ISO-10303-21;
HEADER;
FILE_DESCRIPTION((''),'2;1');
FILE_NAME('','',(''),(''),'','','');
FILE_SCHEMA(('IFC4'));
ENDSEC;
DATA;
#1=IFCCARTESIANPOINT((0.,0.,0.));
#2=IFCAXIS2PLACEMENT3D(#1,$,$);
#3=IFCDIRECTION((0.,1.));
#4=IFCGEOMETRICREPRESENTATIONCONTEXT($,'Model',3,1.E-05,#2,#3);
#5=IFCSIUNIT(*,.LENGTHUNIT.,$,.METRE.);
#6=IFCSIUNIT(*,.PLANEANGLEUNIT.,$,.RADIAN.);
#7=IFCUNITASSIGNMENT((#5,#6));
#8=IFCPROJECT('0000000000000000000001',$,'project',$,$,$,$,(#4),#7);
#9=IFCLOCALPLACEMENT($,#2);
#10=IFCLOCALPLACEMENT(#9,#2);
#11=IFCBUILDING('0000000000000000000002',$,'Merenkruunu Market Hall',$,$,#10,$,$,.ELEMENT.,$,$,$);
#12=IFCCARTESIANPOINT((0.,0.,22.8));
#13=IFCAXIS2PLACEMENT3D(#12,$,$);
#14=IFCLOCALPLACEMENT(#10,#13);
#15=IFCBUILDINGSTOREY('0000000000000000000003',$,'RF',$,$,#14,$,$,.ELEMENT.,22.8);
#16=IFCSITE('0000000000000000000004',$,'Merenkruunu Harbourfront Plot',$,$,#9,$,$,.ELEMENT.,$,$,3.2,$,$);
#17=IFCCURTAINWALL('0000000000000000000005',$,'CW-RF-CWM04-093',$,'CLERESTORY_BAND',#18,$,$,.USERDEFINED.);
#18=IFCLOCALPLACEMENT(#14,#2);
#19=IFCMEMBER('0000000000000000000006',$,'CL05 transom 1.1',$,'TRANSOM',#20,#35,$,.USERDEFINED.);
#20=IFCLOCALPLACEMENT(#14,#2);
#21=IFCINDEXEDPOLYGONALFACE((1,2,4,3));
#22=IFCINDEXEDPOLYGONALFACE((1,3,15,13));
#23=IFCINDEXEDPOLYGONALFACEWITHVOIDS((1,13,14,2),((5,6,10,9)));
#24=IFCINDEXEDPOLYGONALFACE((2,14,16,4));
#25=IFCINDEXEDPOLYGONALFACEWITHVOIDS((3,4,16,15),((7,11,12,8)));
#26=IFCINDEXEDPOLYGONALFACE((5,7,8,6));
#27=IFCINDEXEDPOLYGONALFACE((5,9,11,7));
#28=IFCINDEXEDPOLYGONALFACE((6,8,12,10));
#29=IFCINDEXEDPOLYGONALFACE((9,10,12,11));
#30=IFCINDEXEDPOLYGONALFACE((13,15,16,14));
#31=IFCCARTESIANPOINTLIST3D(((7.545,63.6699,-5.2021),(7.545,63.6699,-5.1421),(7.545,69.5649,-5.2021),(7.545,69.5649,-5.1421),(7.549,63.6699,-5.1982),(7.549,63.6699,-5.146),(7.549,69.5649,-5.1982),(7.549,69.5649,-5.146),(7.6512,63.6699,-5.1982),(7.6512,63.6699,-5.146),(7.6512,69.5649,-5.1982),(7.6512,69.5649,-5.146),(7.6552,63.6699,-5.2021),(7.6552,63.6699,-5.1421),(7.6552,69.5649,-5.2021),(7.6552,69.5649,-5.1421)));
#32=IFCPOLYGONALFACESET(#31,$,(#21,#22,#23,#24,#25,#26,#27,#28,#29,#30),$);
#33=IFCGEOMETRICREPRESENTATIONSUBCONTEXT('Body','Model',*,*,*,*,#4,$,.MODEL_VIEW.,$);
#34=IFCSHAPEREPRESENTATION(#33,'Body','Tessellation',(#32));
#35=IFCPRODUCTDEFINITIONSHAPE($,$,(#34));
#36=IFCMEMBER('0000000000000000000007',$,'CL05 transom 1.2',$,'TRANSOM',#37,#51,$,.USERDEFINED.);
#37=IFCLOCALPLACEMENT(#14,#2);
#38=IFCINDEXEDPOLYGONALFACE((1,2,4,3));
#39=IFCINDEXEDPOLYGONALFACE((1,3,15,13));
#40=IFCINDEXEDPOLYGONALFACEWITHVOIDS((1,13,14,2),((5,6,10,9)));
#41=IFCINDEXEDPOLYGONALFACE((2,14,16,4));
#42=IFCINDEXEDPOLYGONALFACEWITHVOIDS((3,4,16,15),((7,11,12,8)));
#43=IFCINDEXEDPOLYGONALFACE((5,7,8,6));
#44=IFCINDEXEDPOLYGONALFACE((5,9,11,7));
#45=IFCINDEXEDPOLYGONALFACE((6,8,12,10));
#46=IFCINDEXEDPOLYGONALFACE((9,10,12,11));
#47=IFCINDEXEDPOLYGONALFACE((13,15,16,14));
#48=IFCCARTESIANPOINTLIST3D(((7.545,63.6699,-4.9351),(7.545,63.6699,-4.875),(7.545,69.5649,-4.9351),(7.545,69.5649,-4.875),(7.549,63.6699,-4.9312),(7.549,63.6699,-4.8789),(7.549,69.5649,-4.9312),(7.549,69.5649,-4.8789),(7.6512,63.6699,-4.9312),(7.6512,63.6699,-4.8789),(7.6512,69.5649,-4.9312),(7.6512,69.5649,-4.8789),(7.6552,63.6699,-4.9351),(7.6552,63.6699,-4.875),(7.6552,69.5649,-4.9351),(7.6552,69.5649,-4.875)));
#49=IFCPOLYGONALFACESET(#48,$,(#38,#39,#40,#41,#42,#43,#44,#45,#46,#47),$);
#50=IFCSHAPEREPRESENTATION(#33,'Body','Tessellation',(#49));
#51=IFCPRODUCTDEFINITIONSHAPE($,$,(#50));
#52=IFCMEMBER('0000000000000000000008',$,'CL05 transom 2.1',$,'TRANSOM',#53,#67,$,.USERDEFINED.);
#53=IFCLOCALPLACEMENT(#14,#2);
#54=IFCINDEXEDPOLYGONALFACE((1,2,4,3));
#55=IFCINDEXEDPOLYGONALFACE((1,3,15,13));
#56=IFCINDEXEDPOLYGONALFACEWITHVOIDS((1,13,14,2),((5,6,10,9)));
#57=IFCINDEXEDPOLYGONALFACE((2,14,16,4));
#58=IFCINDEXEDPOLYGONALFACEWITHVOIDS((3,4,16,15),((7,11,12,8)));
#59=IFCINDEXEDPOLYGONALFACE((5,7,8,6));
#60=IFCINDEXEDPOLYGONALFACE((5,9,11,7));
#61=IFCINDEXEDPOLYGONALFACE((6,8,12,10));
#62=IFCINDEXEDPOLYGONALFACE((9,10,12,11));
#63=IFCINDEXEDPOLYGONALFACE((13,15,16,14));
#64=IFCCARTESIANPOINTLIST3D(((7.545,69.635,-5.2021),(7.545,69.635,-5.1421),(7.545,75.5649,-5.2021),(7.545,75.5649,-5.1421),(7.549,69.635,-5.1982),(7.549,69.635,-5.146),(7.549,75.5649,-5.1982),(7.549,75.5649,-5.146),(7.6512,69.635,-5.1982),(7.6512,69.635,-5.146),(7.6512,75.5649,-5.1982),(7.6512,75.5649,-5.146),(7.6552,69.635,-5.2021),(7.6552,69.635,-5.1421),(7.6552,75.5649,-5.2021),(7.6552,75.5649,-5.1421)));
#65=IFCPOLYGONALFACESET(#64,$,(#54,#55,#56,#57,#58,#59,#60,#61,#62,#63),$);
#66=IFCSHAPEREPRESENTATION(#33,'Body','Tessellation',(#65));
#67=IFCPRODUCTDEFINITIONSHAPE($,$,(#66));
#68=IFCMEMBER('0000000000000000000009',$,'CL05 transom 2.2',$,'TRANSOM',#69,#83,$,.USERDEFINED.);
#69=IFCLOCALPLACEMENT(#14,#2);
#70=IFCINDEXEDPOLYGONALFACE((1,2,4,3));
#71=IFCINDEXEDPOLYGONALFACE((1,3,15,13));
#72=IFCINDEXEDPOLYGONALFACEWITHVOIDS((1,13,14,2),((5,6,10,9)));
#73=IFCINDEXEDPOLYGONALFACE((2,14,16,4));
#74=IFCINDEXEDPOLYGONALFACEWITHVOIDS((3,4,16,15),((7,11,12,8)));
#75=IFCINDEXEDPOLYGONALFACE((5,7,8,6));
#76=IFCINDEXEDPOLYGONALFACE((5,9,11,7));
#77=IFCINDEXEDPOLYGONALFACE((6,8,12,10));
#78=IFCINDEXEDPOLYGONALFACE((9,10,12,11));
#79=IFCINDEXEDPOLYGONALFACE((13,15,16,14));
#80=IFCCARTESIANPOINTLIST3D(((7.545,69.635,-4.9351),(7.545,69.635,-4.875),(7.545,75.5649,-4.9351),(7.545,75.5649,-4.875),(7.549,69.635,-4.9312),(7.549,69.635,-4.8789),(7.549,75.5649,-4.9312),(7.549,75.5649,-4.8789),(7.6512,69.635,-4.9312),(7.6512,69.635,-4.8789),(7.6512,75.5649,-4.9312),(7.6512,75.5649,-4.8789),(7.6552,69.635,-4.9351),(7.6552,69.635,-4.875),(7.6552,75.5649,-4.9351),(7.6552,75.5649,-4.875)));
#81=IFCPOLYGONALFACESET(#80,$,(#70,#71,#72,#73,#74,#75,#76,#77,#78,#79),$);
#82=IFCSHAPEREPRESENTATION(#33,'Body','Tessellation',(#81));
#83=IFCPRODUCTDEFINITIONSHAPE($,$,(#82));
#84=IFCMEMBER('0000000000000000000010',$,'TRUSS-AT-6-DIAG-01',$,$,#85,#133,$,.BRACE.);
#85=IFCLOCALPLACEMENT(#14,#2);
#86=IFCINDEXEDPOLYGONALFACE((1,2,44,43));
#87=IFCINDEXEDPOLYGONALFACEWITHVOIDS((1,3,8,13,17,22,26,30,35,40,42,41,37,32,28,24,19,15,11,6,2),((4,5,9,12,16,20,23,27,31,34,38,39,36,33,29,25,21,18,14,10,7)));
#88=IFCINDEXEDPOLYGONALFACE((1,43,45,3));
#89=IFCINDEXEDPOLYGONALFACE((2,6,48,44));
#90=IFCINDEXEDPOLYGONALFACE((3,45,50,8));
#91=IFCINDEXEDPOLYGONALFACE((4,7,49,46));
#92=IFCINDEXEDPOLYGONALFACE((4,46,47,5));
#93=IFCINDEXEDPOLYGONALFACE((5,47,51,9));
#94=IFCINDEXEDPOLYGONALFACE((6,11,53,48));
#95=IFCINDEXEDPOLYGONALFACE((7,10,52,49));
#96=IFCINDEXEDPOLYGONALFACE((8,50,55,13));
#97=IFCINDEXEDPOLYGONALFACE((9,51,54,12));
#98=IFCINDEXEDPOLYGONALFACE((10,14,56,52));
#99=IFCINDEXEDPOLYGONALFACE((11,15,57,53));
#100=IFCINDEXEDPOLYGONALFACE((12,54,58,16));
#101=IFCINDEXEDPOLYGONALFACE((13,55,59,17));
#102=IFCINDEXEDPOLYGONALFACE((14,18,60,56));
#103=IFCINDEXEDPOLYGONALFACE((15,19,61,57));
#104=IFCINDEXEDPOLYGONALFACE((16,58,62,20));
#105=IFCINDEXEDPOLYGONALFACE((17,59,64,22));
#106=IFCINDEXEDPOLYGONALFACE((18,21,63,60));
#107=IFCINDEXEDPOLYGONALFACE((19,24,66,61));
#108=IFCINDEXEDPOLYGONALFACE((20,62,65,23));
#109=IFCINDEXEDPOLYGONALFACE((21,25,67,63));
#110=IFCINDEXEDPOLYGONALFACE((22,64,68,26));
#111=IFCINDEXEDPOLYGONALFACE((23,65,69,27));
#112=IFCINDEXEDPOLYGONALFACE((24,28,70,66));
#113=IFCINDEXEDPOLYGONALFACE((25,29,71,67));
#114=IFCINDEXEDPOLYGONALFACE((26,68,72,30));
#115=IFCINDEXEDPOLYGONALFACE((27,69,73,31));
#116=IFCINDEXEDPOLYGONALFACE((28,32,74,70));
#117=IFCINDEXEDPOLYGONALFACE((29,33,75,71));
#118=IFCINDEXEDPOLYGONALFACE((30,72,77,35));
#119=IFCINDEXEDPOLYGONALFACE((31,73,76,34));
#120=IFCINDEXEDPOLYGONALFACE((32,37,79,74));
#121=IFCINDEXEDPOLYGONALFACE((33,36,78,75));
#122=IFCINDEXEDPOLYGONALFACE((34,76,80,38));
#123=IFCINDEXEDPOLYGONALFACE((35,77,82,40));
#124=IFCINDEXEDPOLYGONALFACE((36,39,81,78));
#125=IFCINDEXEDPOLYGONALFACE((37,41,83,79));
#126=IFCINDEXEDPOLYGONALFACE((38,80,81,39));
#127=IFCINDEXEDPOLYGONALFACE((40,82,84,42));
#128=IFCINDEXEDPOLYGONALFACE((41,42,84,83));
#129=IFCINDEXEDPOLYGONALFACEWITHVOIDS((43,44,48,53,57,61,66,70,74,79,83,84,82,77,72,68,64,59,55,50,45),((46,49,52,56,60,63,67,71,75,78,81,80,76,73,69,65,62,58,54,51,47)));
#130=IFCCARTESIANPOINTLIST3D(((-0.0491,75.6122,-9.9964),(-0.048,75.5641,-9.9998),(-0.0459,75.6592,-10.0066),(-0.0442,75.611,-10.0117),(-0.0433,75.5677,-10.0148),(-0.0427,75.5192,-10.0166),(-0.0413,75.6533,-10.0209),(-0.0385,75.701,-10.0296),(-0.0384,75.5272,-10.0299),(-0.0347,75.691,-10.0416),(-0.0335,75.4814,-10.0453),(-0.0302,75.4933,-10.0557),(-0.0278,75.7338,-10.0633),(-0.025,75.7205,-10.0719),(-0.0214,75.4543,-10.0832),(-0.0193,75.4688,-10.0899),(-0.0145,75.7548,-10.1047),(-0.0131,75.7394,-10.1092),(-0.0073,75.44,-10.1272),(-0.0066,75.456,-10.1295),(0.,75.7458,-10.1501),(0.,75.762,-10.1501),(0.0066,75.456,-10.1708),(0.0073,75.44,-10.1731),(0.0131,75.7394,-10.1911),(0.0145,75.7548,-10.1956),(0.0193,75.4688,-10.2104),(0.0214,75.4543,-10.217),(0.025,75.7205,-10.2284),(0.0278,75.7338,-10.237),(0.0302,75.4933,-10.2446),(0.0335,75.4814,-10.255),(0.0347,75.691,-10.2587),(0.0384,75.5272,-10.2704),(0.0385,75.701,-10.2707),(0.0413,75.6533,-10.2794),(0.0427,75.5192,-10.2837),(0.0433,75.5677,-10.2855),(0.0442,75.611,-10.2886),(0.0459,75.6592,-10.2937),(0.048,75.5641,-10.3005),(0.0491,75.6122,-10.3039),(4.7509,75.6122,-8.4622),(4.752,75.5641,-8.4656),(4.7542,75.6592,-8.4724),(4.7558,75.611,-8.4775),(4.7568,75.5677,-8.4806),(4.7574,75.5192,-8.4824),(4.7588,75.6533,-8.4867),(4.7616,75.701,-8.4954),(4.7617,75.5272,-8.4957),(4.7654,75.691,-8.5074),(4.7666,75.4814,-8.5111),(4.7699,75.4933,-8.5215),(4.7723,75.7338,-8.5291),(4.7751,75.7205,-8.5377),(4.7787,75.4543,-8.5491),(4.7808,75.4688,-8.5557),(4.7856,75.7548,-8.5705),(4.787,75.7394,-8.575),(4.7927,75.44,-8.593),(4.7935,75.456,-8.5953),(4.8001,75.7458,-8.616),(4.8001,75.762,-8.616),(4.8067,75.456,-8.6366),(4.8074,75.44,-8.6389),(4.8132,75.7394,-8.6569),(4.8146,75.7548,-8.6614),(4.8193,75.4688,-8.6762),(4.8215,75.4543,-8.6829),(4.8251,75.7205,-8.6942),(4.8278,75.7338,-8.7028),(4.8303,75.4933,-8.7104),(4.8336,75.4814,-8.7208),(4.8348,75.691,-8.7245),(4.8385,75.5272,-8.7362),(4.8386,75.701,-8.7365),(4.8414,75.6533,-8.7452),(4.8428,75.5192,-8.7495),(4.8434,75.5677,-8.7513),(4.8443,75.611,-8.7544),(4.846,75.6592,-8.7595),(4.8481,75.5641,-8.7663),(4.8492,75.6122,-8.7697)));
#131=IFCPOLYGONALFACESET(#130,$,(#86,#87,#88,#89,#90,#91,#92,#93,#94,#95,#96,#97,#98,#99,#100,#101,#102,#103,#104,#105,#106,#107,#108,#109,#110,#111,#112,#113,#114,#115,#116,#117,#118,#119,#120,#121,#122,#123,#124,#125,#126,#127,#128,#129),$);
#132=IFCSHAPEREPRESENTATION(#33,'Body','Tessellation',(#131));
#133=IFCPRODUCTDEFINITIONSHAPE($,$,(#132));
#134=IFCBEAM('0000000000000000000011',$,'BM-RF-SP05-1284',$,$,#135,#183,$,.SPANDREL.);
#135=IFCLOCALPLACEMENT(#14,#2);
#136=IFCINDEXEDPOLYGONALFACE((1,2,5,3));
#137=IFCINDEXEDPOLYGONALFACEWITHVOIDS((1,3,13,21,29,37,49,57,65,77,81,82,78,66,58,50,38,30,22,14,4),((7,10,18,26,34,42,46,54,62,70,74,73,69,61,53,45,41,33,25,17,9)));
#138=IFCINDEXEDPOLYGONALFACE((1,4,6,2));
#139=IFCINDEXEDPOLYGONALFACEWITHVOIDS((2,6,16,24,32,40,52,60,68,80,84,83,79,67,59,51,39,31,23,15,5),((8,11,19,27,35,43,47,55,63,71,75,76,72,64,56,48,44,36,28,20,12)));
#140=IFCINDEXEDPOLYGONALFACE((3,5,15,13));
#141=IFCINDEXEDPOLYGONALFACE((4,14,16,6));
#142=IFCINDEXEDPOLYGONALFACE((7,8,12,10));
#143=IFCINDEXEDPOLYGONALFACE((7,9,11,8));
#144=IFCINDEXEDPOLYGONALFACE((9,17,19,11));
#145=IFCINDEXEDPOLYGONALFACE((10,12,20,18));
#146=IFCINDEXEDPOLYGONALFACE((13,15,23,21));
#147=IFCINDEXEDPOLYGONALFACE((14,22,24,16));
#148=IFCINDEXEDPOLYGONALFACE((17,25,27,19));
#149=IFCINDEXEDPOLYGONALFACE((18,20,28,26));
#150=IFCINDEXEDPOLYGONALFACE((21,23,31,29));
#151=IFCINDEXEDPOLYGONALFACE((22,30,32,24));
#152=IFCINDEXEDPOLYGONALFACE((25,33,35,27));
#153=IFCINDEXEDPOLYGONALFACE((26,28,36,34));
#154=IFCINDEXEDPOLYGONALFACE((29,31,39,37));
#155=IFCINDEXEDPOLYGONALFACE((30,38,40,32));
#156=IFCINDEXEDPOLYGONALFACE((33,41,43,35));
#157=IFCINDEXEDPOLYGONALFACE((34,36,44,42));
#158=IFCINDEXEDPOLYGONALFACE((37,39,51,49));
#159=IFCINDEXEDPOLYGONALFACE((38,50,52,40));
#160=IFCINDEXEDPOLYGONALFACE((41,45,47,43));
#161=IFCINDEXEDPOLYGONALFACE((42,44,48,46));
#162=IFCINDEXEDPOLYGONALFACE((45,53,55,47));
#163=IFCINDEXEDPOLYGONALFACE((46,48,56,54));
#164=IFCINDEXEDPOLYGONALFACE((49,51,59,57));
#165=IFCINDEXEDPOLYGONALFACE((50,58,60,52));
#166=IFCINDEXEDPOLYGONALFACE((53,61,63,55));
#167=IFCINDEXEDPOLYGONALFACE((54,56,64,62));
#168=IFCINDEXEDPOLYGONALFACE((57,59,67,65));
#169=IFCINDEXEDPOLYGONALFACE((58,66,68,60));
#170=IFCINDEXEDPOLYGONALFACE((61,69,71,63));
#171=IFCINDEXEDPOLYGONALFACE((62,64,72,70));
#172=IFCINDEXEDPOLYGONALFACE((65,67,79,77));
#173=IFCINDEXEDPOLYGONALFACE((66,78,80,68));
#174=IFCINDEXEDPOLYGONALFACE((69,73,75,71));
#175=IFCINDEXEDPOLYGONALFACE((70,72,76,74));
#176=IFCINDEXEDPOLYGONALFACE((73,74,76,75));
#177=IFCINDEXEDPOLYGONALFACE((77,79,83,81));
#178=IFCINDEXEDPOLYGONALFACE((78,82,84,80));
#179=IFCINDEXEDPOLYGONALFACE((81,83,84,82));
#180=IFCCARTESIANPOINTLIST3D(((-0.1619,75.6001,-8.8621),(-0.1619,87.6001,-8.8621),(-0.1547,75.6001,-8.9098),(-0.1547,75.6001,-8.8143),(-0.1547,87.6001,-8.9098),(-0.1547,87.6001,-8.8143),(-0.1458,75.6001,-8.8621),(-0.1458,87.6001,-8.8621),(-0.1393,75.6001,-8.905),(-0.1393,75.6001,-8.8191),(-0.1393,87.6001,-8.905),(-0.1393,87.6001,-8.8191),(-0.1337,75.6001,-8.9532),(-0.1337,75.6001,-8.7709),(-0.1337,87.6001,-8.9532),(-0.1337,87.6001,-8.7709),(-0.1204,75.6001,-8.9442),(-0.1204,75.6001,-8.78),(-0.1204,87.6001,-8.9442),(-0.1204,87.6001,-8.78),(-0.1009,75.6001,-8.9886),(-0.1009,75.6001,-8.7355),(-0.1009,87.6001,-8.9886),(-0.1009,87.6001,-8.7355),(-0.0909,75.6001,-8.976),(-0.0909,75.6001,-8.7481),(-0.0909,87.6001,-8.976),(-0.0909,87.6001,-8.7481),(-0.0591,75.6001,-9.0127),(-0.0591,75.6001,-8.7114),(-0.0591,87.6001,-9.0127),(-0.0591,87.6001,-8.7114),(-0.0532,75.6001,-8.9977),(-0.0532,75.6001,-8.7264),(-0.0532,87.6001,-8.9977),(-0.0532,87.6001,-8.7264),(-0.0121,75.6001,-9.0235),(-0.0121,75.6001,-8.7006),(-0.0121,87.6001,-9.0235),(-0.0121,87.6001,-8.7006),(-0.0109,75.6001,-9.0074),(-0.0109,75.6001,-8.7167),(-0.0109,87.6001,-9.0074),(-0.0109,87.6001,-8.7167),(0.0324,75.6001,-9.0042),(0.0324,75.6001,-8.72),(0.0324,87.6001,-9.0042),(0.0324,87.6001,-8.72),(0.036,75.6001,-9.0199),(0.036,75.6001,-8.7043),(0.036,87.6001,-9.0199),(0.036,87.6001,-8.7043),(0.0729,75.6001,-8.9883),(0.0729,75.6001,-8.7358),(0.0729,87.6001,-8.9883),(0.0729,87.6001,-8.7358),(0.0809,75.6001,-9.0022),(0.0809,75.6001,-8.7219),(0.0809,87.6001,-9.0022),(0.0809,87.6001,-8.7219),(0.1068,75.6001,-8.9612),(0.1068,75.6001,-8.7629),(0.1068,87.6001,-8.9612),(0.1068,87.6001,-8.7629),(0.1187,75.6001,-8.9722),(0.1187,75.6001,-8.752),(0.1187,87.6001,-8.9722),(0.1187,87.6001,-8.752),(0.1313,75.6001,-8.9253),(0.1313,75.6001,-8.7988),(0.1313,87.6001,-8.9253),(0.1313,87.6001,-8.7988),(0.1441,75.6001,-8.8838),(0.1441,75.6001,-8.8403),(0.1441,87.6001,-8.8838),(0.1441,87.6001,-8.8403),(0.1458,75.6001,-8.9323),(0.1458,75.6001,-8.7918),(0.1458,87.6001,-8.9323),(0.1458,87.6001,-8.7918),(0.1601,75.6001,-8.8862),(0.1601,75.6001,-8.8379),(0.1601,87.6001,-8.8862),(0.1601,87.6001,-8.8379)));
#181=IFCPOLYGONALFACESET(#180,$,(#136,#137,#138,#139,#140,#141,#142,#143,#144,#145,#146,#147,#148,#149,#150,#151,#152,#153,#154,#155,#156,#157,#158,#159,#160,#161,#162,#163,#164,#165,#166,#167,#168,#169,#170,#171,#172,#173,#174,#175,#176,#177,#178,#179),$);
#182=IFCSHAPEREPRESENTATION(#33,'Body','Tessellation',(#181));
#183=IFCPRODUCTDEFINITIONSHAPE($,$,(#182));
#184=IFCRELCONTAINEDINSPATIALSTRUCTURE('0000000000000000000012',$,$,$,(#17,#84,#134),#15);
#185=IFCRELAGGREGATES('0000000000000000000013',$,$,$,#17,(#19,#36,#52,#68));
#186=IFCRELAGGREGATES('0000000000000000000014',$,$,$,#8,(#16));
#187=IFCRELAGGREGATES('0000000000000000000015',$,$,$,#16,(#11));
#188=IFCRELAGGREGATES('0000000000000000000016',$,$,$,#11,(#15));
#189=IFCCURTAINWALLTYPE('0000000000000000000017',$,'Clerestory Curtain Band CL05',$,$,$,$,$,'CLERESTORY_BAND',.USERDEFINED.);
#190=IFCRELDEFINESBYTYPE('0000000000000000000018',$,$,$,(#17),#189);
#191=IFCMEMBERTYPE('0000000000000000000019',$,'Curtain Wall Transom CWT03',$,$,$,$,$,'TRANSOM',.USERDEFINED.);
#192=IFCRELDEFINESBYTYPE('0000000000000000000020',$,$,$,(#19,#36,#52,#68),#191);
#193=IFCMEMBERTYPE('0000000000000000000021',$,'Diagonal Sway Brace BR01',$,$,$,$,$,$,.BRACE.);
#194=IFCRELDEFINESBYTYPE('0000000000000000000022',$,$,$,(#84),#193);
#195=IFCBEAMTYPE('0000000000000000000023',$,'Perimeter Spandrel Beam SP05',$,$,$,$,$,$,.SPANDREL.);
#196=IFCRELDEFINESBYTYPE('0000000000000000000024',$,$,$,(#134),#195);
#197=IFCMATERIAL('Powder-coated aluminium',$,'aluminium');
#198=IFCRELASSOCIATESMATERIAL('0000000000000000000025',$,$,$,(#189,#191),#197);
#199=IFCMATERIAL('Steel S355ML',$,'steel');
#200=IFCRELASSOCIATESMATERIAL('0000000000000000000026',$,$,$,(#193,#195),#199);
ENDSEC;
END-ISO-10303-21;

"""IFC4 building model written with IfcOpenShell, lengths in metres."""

from ifc_helpers import new_model, si_unit, direction, frame, origin, origin_2d, place, context, subcontext, project, spatial, hollow_rectangle, hollow_circle, extrude, material, material_profile, profile_set, type_object, element, aggregate, save


model = new_model("IFC4")

# Units and contexts
model_context = context("Model", 3, precision=1e-05, world=origin(), true_north=direction((0.0, 1.0)))
body_context = subcontext(model_context, "Body", "Model", "MODEL_VIEW")
ifc_project = project(units=[si_unit("LENGTHUNIT", "METRE"), si_unit("PLANEANGLEUNIT", "RADIAN")], contexts=[model_context])

# Site, building, storey
site_placement = place(None, origin())
site = spatial("IfcSite", under=ifc_project, at=site_placement, Name="Merenkruunu Harbourfront Plot", CompositionType="ELEMENT", RefElevation=3.2)
building_placement = place(site_placement, origin())
building = spatial("IfcBuilding", under=site, at=building_placement, Name="Merenkruunu Market Hall", CompositionType="ELEMENT")
storey_placement = place(building_placement, frame((0.0, 0.0, 22.8)))
storey = spatial("IfcBuildingStorey", under=building, at=storey_placement, Name="RF", CompositionType="ELEMENT", Elevation=22.8)

# Shared definitions
ifc_material_1 = material(Name="Steel S355ML", Category="steel")

# Curtain wall
ifc_material_2 = material(Name="Powder-coated aluminium", Category="aluminium")
curtain_wall_type = type_object("IfcCurtainWallType", Name="Clerestory Curtain Band CL05", ElementType="CLERESTORY_BAND", PredefinedType="USERDEFINED", material=ifc_material_2)
curtain_wall_1_placement = place(storey_placement, origin())
curtain_wall_1 = element("IfcCurtainWall", 1, at=curtain_wall_1_placement, inside=storey, type_object=curtain_wall_type, Name="CW-RF-CWM04-093", ObjectType="CLERESTORY_BAND", PredefinedType="USERDEFINED")

# Members
ifc_material_profile_1 = material_profile(ifc_material_2, hollow_rectangle(XDim=0.0601, YDim=0.1101, WallThickness=0.0039, at=origin_2d()), Name="ALU 60x110x4")
ifc_profile_set_1 = profile_set([ifc_material_profile_1], Name="Powder-coated aluminium")
member_type_1 = type_object("IfcMemberType", Name="Curtain Wall Transom CWT03", ElementType="TRANSOM", PredefinedType="USERDEFINED", material=ifc_profile_set_1)
member_1_placement = place(storey_placement, frame((7.6001, 63.6699, -5.1721), z_axis=(0.0, 1.0, 0.0), x_axis=(0.0, 0.0, 1.0)))
member_1 = element("IfcMember", 2, at=member_1_placement, type_object=member_type_1, Name="CL05 transom 1.1", ObjectType="TRANSOM", PredefinedType="USERDEFINED", context=body_context, shape_type="SweptSolid", body=[
    extrude(hollow_rectangle(XDim=0.0601, YDim=0.1101, WallThickness=0.0039, at=origin_2d()), origin(), (0.0, 0.0, 1.0), 5.895),
])
member_2_placement = place(storey_placement, frame((7.6001, 63.6699, -4.905), z_axis=(0.0, 1.0, 0.0), x_axis=(0.0, 0.0, 1.0)))
member_2 = element("IfcMember", 3, at=member_2_placement, type_object=member_type_1, Name="CL05 transom 1.2", ObjectType="TRANSOM", PredefinedType="USERDEFINED", context=body_context, shape_type="SweptSolid", body=[
    extrude(hollow_rectangle(XDim=0.0601, YDim=0.1101, WallThickness=0.0039, at=origin_2d()), origin(), (0.0, 0.0, 1.0), 5.895),
])
member_3_placement = place(storey_placement, frame((7.6001, 69.635, -5.1721), z_axis=(0.0, 1.0, 0.0), x_axis=(0.0, 0.0, 1.0)))
member_3 = element("IfcMember", 4, at=member_3_placement, type_object=member_type_1, Name="CL05 transom 2.1", ObjectType="TRANSOM", PredefinedType="USERDEFINED", context=body_context, shape_type="SweptSolid", body=[
    extrude(hollow_rectangle(XDim=0.0601, YDim=0.1101, WallThickness=0.0039, at=origin_2d()), origin(), (0.0, 0.0, 1.0), 5.9299),
])
member_4_placement = place(storey_placement, frame((7.6001, 69.635, -4.905), z_axis=(0.0, 1.0, 0.0), x_axis=(0.0, 0.0, 1.0)))
member_4 = element("IfcMember", 5, at=member_4_placement, type_object=member_type_1, Name="CL05 transom 2.2", ObjectType="TRANSOM", PredefinedType="USERDEFINED", context=body_context, shape_type="SweptSolid", body=[
    extrude(hollow_rectangle(XDim=0.0601, YDim=0.1101, WallThickness=0.0039, at=origin_2d()), origin(), (0.0, 0.0, 1.0), 5.9299),
])
ifc_material_profile_2 = material_profile(ifc_material_1, hollow_circle(Radius=0.1619, WallThickness=0.0161, at=origin_2d()), Name="CHS 323.9x16")
ifc_profile_set_2 = profile_set([ifc_material_profile_2], Name="Steel S355ML")
member_type_2 = type_object("IfcMemberType", Name="Diagonal Sway Brace BR01", PredefinedType="BRACE", material=ifc_profile_set_2)
member_5_placement = place(storey_placement, frame((0.0, 75.6001, -10.1501), z_axis=(0.95253, 0.0, 0.304445), x_axis=(0.0, 1.0, 0.0)))
element("IfcMember", 6, at=member_5_placement, inside=storey, type_object=member_type_2, Name="TRUSS-AT-6-DIAG-01", PredefinedType="BRACE", context=body_context, shape_type="SweptSolid", body=[
    extrude(hollow_circle(Radius=0.1619, WallThickness=0.0161, at=origin_2d()), origin(), (0.0, 0.0, 1.0), 5.0393),
])

# Beam
ifc_material_profile_3 = material_profile(ifc_material_1, hollow_circle(Radius=0.1619, WallThickness=0.0161, at=origin_2d()), Name="CHS 323.9x16")
ifc_profile_set_3 = profile_set([ifc_material_profile_3], Name="Steel S355ML")
beam_type = type_object("IfcBeamType", Name="Perimeter Spandrel Beam SP05", PredefinedType="SPANDREL", material=ifc_profile_set_3)
beam_placement = place(storey_placement, frame((0.0, 75.6001, -8.8621), z_axis=(0.0, 1.0, 0.0), x_axis=(-1.0, 0.0, 0.0)))
element("IfcBeam", 7, at=beam_placement, inside=storey, type_object=beam_type, Name="BM-RF-SP05-1284", PredefinedType="SPANDREL", context=body_context, shape_type="SweptSolid", body=[
    extrude(hollow_circle(Radius=0.1619, WallThickness=0.0161, at=origin_2d()), origin(), (0.0, 0.0, 1.0), 12.0),
])

aggregate(curtain_wall_1, [member_1, member_2, member_3, member_4])

save(model, "model.ifc")
